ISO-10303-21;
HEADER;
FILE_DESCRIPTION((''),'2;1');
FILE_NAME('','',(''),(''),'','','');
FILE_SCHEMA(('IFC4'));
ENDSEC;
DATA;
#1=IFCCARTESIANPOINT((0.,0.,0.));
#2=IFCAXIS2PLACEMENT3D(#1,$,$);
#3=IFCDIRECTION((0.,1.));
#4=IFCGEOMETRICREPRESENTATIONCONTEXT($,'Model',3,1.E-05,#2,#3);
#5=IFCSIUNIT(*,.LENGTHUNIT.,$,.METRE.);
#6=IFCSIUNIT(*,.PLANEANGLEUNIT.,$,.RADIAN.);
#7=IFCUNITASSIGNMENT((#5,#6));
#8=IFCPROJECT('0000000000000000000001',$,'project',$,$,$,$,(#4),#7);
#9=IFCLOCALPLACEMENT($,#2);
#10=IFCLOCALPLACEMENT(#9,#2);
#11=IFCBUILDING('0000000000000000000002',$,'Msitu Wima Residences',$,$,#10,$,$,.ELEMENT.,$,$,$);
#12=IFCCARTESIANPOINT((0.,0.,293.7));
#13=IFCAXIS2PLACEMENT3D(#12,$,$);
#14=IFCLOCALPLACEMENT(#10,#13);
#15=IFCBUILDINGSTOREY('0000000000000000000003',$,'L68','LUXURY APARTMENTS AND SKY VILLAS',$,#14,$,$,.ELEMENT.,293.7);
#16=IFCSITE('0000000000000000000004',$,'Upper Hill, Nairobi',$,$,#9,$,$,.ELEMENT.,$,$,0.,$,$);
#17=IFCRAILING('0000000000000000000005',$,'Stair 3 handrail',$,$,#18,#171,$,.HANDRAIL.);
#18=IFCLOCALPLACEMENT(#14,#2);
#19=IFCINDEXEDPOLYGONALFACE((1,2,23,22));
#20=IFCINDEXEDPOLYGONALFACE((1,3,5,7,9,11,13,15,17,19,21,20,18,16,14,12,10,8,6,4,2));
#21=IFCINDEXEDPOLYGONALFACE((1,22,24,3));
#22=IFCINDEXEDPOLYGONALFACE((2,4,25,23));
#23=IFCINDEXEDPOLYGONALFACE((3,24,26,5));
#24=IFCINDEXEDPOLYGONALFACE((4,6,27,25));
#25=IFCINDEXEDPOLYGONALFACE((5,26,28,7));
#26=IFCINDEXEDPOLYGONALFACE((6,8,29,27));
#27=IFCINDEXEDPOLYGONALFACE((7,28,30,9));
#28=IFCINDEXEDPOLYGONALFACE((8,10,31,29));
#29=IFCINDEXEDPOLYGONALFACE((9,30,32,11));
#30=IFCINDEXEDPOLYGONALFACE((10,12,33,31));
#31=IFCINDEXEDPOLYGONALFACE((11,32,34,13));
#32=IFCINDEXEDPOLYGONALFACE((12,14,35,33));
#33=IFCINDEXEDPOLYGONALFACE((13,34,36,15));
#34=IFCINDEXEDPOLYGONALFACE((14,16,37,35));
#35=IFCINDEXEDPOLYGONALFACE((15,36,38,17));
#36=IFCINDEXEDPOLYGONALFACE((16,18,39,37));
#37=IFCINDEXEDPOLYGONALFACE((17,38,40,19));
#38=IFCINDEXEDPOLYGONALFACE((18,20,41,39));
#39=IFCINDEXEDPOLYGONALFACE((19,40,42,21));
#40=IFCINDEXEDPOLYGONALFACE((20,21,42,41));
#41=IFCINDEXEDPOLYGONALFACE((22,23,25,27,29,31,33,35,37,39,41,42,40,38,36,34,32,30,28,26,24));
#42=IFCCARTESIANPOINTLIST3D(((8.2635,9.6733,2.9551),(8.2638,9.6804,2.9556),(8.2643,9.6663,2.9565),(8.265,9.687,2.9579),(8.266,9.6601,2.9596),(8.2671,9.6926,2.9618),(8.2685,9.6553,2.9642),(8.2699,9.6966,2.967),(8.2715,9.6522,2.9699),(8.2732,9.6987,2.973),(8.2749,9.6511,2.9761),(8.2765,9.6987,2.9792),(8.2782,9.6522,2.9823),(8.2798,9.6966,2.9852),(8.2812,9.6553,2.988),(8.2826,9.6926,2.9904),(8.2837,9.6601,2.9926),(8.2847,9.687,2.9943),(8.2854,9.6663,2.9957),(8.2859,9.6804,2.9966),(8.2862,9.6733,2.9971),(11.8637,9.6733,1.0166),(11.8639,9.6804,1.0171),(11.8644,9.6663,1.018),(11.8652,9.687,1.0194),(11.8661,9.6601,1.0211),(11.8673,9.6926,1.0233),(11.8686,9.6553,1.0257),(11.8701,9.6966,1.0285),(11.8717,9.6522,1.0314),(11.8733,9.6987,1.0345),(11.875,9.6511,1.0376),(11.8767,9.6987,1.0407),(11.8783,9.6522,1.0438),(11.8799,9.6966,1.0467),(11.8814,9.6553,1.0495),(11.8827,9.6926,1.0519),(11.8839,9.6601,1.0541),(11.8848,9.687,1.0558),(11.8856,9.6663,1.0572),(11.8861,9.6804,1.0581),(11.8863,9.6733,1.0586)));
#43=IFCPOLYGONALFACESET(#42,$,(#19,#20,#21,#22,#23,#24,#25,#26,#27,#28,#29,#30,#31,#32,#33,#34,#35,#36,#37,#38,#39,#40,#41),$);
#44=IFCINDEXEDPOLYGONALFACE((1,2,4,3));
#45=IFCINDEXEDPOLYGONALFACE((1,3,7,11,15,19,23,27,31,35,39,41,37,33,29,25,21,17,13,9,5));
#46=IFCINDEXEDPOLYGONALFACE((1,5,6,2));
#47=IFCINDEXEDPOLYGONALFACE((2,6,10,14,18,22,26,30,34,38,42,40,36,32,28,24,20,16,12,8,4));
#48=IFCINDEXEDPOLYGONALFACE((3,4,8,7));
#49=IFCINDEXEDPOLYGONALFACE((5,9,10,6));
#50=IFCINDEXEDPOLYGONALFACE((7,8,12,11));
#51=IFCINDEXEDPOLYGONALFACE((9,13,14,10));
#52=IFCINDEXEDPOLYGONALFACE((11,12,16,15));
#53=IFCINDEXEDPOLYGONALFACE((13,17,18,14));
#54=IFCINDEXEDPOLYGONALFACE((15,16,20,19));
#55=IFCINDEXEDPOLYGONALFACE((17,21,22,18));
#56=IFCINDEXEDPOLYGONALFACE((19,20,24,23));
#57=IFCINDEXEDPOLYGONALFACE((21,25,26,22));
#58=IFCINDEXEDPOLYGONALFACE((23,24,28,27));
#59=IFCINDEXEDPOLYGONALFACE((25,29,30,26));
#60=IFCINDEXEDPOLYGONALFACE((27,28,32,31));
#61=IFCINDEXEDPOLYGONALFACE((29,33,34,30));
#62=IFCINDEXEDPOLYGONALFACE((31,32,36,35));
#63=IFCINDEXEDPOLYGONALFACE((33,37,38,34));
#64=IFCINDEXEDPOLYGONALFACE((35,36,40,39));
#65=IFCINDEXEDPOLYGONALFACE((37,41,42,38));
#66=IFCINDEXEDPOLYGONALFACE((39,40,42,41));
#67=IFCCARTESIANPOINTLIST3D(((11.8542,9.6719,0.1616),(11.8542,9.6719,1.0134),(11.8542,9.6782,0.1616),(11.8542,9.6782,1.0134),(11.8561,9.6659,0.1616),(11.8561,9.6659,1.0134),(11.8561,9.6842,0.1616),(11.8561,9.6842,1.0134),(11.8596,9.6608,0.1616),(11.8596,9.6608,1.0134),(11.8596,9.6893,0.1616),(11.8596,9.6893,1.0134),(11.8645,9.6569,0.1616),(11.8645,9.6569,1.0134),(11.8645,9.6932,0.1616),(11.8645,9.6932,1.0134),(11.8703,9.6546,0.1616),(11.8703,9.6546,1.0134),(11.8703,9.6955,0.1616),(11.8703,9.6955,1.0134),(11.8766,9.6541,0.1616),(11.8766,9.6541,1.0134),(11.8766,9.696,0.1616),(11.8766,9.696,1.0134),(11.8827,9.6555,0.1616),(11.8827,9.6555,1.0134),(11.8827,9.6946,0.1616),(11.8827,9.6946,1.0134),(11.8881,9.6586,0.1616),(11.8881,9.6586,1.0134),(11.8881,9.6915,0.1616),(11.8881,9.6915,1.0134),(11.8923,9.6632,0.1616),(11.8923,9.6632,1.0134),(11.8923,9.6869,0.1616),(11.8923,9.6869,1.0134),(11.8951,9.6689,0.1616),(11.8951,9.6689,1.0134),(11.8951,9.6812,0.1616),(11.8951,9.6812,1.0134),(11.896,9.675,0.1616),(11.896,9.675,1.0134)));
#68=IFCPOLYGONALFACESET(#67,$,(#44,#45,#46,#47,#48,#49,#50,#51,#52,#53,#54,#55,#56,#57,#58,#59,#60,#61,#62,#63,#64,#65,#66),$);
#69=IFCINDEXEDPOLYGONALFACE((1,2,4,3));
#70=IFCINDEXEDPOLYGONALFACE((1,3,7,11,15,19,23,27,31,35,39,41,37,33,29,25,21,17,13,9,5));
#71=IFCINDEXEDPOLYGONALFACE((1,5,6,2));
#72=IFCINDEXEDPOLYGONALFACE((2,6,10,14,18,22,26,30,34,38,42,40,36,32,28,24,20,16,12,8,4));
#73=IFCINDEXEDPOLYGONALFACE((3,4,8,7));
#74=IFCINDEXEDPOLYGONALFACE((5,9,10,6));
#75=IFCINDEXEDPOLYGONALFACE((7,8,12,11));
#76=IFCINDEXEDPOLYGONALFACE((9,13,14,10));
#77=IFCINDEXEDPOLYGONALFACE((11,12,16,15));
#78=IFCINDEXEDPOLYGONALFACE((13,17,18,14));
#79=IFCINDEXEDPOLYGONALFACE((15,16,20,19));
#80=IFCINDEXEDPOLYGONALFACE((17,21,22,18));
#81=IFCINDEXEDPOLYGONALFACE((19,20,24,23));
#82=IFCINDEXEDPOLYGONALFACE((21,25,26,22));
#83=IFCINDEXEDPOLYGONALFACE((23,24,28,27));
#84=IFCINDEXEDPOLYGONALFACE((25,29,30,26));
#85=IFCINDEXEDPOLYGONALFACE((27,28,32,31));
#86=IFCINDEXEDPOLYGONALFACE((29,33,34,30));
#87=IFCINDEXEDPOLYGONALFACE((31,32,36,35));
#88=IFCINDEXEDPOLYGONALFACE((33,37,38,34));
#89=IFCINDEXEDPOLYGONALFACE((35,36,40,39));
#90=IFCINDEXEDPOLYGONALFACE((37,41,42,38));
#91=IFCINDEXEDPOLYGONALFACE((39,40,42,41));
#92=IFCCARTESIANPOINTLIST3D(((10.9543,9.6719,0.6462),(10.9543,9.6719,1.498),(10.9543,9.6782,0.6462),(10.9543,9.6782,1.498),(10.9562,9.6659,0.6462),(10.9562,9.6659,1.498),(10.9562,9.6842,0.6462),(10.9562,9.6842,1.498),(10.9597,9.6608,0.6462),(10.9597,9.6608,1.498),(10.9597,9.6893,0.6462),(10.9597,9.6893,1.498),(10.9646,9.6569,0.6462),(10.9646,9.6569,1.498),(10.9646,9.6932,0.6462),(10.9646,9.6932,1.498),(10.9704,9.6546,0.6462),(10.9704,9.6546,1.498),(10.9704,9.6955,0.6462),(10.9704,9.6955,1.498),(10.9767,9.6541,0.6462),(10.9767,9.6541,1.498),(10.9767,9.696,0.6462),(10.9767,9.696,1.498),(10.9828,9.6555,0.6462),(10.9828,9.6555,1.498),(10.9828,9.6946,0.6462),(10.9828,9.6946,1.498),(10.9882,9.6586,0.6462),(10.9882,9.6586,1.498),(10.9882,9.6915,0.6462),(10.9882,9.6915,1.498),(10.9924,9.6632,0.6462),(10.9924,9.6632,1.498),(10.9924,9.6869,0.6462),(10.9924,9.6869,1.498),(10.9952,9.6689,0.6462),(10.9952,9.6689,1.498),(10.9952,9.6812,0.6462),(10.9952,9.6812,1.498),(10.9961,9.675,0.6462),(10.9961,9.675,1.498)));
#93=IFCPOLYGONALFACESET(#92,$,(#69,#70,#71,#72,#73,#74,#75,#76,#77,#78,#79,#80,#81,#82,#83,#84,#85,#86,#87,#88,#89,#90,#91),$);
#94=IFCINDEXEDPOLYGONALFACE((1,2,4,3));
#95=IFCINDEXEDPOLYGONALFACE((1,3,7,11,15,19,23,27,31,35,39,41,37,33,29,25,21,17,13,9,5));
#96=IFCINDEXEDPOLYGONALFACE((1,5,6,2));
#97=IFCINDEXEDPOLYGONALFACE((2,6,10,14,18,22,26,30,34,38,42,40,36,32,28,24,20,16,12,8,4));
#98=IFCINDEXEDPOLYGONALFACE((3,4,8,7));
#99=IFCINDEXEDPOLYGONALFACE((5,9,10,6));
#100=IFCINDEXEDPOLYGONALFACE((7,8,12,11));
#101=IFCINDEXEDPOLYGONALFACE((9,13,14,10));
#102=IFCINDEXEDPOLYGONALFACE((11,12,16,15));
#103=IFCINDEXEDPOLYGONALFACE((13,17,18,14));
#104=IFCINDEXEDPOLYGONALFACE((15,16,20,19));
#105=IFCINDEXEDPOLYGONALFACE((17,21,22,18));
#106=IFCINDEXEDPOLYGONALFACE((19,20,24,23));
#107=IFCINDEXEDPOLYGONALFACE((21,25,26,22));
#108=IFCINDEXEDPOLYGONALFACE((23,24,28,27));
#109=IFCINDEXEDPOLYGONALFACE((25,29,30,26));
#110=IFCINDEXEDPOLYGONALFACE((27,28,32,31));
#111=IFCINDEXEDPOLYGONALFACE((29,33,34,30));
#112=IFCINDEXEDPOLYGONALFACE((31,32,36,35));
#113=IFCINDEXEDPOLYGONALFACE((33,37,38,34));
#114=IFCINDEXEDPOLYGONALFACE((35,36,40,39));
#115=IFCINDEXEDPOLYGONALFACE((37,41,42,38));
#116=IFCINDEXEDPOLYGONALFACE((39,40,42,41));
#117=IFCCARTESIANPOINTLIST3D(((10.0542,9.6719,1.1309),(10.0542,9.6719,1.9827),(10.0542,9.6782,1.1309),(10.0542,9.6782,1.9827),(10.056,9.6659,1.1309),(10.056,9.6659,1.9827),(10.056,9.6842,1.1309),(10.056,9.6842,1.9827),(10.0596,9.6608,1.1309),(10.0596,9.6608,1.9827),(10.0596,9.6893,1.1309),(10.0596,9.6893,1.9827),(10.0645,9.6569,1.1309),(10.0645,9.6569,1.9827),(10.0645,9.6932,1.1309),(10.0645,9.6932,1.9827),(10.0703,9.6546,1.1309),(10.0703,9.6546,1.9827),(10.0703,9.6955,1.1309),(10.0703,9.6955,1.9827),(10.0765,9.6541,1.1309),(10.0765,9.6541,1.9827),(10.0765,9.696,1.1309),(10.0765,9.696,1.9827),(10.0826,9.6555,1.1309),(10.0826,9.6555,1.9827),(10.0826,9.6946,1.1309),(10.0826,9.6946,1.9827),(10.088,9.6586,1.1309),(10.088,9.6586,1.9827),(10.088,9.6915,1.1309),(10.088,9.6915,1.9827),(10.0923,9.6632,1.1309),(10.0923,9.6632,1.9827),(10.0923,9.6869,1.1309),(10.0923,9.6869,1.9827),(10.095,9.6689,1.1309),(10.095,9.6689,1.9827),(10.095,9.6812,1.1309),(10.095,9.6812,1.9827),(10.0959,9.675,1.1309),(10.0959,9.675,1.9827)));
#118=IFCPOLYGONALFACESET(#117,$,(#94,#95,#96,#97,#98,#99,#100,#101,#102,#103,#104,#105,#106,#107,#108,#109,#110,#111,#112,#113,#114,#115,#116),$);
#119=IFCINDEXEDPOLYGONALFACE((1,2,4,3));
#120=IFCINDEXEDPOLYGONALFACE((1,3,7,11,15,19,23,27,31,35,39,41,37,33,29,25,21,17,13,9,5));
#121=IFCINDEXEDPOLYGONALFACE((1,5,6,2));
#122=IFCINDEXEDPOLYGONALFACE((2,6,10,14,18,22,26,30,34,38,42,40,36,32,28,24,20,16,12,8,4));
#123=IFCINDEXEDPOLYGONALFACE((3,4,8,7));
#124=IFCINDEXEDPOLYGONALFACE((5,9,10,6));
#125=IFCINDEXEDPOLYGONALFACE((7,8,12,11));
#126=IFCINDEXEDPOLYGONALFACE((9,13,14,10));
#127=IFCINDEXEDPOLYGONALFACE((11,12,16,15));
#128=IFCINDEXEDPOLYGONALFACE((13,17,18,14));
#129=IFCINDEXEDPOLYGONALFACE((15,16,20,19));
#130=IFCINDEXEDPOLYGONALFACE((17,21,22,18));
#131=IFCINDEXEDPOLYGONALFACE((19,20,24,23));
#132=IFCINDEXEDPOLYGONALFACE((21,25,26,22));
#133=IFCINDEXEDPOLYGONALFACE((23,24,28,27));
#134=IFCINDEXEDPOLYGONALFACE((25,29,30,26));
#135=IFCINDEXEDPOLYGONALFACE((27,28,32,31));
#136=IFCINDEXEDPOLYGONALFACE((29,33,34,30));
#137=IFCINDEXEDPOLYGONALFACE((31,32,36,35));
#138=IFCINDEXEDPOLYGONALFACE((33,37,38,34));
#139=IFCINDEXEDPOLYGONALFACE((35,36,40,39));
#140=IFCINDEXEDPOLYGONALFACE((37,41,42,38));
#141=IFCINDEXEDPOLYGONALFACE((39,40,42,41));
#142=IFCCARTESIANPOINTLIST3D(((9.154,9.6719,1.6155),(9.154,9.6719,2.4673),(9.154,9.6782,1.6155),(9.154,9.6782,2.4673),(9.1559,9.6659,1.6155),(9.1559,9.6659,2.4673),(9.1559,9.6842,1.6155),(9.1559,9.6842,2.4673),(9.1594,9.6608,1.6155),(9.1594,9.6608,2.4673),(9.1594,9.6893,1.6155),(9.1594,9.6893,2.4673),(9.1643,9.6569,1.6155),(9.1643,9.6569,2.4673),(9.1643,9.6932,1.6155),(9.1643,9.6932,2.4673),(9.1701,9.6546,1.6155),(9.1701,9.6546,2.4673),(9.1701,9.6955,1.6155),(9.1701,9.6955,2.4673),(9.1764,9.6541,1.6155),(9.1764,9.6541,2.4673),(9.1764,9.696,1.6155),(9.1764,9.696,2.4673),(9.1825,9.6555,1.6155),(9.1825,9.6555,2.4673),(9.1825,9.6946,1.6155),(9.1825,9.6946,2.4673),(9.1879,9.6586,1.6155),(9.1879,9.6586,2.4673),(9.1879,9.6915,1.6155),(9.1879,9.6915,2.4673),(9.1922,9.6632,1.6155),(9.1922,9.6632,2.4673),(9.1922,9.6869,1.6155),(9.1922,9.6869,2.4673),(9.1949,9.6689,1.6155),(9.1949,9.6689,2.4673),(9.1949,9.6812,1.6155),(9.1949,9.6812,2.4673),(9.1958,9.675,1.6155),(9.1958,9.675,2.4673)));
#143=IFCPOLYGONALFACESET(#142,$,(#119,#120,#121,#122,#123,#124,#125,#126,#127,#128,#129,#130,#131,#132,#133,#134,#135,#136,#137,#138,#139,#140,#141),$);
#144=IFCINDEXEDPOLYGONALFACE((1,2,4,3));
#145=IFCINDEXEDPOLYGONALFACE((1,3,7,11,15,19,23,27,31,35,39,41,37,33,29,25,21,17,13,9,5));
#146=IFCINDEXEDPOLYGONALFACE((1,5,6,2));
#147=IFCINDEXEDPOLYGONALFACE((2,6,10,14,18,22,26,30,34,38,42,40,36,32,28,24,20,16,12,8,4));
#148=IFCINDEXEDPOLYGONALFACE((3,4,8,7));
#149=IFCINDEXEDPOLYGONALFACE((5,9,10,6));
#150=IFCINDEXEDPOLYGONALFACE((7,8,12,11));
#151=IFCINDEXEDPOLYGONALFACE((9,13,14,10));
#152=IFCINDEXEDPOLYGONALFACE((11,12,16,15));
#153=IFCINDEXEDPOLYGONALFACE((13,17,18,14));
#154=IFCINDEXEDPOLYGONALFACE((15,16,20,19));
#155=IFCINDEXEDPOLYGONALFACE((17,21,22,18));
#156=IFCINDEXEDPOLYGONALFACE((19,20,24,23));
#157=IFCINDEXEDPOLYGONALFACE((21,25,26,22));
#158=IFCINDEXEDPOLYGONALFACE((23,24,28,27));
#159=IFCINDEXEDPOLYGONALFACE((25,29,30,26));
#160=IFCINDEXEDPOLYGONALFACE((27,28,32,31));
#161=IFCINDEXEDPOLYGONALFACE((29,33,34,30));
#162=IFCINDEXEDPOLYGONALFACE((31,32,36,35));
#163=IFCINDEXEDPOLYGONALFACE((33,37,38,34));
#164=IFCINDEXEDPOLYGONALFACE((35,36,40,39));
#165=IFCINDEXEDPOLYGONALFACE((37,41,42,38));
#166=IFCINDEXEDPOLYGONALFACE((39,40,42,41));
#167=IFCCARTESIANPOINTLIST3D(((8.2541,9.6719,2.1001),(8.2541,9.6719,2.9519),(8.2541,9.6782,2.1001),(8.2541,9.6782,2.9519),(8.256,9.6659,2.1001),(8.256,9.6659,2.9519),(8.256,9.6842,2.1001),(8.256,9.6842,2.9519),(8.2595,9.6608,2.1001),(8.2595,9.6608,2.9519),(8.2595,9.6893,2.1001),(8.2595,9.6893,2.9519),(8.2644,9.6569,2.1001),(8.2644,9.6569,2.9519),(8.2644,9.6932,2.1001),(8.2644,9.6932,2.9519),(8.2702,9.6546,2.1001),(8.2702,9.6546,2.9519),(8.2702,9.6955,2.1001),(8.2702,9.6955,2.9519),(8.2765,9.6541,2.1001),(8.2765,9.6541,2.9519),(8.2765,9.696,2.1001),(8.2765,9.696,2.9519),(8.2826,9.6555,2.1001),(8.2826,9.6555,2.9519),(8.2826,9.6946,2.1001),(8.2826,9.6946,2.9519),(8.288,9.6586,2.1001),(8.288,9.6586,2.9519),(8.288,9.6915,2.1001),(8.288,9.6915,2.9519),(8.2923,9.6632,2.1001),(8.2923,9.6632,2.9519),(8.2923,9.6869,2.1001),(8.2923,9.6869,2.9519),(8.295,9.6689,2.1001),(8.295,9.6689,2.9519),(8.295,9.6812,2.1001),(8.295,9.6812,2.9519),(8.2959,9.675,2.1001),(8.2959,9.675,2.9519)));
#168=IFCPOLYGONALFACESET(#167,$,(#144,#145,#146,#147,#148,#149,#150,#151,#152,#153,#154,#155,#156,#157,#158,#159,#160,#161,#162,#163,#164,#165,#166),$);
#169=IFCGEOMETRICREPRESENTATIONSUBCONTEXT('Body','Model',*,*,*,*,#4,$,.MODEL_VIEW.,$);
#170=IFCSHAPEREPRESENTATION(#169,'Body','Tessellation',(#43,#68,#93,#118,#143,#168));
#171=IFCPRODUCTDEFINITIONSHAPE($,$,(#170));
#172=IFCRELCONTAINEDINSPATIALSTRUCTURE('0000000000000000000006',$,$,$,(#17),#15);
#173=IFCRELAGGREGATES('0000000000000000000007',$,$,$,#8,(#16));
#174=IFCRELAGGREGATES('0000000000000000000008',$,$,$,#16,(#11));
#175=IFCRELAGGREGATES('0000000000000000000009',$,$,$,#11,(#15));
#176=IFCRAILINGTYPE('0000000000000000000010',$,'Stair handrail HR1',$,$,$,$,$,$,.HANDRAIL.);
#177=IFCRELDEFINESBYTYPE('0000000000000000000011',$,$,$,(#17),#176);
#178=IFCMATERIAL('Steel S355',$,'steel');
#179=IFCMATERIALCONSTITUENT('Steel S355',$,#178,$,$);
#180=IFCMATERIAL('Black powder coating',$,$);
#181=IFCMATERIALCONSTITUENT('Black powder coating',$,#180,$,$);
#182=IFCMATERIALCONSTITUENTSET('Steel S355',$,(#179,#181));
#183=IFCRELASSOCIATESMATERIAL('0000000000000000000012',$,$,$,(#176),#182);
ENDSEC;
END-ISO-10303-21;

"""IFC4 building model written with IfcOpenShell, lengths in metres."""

from ifc_helpers import new_model, si_unit, direction, frame, origin, origin_2d, place, context, subcontext, project, spatial, circle, extrude, material, constituent, constituent_set, type_object, element, save


model = new_model("IFC4")

# Units and contexts
model_context = context("Model", 3, precision=1e-05, world=origin(), true_north=direction((0.0, 1.0)))
body_context = subcontext(model_context, "Body", "Model", "MODEL_VIEW")
ifc_project = project(units=[si_unit("LENGTHUNIT", "METRE"), si_unit("PLANEANGLEUNIT", "RADIAN")], contexts=[model_context])

# Site, building, storey
site_placement = place(None, origin())
site = spatial("IfcSite", under=ifc_project, at=site_placement, Name="Upper Hill, Nairobi", CompositionType="ELEMENT", RefElevation=0.0)
building_placement = place(site_placement, origin())
building = spatial("IfcBuilding", under=site, at=building_placement, Name="Msitu Wima Residences", CompositionType="ELEMENT")
storey_placement = place(building_placement, frame((0.0, 0.0, 293.7)))
storey = spatial("IfcBuildingStorey", under=building, at=storey_placement, Name="L68", Description="LUXURY APARTMENTS AND SKY VILLAS", CompositionType="ELEMENT", Elevation=293.7)

# Railing
ifc_material_1 = material(Name="Steel S355", Category="steel")
ifc_constituent_1 = constituent(ifc_material_1, Name="Steel S355")
ifc_material_2 = material(Name="Black powder coating")
ifc_constituent_2 = constituent(ifc_material_2, Name="Black powder coating")
ifc_constituent_set = constituent_set(constituents=[ifc_constituent_1, ifc_constituent_2], Name="Steel S355")
railing_type = type_object("IfcRailingType", Name="Stair handrail HR1", PredefinedType="HANDRAIL", material=ifc_constituent_set)
for number, where, name in (
    (1, (11.875, 9.675, 0.1616), "Stair 3 handrail"),
):
    element("IfcRailing", number, at=place(storey_placement, frame(where)), inside=storey, type_object=railing_type, Name=name, PredefinedType="HANDRAIL", context=body_context, shape_type="SweptSolid", body=[
        extrude(circle(Radius=0.0239, at=origin_2d()), frame((0.0, 0.0, 0.876), z_axis=(-0.880475, 0.0, 0.474093), x_axis=(0.0, -1.0, 0.0)), (0.0, 0.0, 1.0), 4.0889),
        extrude(circle(Radius=0.021, at=origin_2d()), origin(), (0.0, 0.0, 1.0), 0.8518),
        extrude(circle(Radius=0.021, at=origin_2d()), frame((-0.8999, 0.0, 0.4846)), (0.0, 0.0, 1.0), 0.8518),
        extrude(circle(Radius=0.021, at=origin_2d()), frame((-1.8, 0.0, 0.9692)), (0.0, 0.0, 1.0), 0.8518),
        extrude(circle(Radius=0.021, at=origin_2d()), frame((-2.7002, 0.0, 1.4539)), (0.0, 0.0, 1.0), 0.8518),
        extrude(circle(Radius=0.021, at=origin_2d()), frame((-3.6001, 0.0, 1.9385)), (0.0, 0.0, 1.0), 0.8518),
    ])

save(model, "model.ifc")
